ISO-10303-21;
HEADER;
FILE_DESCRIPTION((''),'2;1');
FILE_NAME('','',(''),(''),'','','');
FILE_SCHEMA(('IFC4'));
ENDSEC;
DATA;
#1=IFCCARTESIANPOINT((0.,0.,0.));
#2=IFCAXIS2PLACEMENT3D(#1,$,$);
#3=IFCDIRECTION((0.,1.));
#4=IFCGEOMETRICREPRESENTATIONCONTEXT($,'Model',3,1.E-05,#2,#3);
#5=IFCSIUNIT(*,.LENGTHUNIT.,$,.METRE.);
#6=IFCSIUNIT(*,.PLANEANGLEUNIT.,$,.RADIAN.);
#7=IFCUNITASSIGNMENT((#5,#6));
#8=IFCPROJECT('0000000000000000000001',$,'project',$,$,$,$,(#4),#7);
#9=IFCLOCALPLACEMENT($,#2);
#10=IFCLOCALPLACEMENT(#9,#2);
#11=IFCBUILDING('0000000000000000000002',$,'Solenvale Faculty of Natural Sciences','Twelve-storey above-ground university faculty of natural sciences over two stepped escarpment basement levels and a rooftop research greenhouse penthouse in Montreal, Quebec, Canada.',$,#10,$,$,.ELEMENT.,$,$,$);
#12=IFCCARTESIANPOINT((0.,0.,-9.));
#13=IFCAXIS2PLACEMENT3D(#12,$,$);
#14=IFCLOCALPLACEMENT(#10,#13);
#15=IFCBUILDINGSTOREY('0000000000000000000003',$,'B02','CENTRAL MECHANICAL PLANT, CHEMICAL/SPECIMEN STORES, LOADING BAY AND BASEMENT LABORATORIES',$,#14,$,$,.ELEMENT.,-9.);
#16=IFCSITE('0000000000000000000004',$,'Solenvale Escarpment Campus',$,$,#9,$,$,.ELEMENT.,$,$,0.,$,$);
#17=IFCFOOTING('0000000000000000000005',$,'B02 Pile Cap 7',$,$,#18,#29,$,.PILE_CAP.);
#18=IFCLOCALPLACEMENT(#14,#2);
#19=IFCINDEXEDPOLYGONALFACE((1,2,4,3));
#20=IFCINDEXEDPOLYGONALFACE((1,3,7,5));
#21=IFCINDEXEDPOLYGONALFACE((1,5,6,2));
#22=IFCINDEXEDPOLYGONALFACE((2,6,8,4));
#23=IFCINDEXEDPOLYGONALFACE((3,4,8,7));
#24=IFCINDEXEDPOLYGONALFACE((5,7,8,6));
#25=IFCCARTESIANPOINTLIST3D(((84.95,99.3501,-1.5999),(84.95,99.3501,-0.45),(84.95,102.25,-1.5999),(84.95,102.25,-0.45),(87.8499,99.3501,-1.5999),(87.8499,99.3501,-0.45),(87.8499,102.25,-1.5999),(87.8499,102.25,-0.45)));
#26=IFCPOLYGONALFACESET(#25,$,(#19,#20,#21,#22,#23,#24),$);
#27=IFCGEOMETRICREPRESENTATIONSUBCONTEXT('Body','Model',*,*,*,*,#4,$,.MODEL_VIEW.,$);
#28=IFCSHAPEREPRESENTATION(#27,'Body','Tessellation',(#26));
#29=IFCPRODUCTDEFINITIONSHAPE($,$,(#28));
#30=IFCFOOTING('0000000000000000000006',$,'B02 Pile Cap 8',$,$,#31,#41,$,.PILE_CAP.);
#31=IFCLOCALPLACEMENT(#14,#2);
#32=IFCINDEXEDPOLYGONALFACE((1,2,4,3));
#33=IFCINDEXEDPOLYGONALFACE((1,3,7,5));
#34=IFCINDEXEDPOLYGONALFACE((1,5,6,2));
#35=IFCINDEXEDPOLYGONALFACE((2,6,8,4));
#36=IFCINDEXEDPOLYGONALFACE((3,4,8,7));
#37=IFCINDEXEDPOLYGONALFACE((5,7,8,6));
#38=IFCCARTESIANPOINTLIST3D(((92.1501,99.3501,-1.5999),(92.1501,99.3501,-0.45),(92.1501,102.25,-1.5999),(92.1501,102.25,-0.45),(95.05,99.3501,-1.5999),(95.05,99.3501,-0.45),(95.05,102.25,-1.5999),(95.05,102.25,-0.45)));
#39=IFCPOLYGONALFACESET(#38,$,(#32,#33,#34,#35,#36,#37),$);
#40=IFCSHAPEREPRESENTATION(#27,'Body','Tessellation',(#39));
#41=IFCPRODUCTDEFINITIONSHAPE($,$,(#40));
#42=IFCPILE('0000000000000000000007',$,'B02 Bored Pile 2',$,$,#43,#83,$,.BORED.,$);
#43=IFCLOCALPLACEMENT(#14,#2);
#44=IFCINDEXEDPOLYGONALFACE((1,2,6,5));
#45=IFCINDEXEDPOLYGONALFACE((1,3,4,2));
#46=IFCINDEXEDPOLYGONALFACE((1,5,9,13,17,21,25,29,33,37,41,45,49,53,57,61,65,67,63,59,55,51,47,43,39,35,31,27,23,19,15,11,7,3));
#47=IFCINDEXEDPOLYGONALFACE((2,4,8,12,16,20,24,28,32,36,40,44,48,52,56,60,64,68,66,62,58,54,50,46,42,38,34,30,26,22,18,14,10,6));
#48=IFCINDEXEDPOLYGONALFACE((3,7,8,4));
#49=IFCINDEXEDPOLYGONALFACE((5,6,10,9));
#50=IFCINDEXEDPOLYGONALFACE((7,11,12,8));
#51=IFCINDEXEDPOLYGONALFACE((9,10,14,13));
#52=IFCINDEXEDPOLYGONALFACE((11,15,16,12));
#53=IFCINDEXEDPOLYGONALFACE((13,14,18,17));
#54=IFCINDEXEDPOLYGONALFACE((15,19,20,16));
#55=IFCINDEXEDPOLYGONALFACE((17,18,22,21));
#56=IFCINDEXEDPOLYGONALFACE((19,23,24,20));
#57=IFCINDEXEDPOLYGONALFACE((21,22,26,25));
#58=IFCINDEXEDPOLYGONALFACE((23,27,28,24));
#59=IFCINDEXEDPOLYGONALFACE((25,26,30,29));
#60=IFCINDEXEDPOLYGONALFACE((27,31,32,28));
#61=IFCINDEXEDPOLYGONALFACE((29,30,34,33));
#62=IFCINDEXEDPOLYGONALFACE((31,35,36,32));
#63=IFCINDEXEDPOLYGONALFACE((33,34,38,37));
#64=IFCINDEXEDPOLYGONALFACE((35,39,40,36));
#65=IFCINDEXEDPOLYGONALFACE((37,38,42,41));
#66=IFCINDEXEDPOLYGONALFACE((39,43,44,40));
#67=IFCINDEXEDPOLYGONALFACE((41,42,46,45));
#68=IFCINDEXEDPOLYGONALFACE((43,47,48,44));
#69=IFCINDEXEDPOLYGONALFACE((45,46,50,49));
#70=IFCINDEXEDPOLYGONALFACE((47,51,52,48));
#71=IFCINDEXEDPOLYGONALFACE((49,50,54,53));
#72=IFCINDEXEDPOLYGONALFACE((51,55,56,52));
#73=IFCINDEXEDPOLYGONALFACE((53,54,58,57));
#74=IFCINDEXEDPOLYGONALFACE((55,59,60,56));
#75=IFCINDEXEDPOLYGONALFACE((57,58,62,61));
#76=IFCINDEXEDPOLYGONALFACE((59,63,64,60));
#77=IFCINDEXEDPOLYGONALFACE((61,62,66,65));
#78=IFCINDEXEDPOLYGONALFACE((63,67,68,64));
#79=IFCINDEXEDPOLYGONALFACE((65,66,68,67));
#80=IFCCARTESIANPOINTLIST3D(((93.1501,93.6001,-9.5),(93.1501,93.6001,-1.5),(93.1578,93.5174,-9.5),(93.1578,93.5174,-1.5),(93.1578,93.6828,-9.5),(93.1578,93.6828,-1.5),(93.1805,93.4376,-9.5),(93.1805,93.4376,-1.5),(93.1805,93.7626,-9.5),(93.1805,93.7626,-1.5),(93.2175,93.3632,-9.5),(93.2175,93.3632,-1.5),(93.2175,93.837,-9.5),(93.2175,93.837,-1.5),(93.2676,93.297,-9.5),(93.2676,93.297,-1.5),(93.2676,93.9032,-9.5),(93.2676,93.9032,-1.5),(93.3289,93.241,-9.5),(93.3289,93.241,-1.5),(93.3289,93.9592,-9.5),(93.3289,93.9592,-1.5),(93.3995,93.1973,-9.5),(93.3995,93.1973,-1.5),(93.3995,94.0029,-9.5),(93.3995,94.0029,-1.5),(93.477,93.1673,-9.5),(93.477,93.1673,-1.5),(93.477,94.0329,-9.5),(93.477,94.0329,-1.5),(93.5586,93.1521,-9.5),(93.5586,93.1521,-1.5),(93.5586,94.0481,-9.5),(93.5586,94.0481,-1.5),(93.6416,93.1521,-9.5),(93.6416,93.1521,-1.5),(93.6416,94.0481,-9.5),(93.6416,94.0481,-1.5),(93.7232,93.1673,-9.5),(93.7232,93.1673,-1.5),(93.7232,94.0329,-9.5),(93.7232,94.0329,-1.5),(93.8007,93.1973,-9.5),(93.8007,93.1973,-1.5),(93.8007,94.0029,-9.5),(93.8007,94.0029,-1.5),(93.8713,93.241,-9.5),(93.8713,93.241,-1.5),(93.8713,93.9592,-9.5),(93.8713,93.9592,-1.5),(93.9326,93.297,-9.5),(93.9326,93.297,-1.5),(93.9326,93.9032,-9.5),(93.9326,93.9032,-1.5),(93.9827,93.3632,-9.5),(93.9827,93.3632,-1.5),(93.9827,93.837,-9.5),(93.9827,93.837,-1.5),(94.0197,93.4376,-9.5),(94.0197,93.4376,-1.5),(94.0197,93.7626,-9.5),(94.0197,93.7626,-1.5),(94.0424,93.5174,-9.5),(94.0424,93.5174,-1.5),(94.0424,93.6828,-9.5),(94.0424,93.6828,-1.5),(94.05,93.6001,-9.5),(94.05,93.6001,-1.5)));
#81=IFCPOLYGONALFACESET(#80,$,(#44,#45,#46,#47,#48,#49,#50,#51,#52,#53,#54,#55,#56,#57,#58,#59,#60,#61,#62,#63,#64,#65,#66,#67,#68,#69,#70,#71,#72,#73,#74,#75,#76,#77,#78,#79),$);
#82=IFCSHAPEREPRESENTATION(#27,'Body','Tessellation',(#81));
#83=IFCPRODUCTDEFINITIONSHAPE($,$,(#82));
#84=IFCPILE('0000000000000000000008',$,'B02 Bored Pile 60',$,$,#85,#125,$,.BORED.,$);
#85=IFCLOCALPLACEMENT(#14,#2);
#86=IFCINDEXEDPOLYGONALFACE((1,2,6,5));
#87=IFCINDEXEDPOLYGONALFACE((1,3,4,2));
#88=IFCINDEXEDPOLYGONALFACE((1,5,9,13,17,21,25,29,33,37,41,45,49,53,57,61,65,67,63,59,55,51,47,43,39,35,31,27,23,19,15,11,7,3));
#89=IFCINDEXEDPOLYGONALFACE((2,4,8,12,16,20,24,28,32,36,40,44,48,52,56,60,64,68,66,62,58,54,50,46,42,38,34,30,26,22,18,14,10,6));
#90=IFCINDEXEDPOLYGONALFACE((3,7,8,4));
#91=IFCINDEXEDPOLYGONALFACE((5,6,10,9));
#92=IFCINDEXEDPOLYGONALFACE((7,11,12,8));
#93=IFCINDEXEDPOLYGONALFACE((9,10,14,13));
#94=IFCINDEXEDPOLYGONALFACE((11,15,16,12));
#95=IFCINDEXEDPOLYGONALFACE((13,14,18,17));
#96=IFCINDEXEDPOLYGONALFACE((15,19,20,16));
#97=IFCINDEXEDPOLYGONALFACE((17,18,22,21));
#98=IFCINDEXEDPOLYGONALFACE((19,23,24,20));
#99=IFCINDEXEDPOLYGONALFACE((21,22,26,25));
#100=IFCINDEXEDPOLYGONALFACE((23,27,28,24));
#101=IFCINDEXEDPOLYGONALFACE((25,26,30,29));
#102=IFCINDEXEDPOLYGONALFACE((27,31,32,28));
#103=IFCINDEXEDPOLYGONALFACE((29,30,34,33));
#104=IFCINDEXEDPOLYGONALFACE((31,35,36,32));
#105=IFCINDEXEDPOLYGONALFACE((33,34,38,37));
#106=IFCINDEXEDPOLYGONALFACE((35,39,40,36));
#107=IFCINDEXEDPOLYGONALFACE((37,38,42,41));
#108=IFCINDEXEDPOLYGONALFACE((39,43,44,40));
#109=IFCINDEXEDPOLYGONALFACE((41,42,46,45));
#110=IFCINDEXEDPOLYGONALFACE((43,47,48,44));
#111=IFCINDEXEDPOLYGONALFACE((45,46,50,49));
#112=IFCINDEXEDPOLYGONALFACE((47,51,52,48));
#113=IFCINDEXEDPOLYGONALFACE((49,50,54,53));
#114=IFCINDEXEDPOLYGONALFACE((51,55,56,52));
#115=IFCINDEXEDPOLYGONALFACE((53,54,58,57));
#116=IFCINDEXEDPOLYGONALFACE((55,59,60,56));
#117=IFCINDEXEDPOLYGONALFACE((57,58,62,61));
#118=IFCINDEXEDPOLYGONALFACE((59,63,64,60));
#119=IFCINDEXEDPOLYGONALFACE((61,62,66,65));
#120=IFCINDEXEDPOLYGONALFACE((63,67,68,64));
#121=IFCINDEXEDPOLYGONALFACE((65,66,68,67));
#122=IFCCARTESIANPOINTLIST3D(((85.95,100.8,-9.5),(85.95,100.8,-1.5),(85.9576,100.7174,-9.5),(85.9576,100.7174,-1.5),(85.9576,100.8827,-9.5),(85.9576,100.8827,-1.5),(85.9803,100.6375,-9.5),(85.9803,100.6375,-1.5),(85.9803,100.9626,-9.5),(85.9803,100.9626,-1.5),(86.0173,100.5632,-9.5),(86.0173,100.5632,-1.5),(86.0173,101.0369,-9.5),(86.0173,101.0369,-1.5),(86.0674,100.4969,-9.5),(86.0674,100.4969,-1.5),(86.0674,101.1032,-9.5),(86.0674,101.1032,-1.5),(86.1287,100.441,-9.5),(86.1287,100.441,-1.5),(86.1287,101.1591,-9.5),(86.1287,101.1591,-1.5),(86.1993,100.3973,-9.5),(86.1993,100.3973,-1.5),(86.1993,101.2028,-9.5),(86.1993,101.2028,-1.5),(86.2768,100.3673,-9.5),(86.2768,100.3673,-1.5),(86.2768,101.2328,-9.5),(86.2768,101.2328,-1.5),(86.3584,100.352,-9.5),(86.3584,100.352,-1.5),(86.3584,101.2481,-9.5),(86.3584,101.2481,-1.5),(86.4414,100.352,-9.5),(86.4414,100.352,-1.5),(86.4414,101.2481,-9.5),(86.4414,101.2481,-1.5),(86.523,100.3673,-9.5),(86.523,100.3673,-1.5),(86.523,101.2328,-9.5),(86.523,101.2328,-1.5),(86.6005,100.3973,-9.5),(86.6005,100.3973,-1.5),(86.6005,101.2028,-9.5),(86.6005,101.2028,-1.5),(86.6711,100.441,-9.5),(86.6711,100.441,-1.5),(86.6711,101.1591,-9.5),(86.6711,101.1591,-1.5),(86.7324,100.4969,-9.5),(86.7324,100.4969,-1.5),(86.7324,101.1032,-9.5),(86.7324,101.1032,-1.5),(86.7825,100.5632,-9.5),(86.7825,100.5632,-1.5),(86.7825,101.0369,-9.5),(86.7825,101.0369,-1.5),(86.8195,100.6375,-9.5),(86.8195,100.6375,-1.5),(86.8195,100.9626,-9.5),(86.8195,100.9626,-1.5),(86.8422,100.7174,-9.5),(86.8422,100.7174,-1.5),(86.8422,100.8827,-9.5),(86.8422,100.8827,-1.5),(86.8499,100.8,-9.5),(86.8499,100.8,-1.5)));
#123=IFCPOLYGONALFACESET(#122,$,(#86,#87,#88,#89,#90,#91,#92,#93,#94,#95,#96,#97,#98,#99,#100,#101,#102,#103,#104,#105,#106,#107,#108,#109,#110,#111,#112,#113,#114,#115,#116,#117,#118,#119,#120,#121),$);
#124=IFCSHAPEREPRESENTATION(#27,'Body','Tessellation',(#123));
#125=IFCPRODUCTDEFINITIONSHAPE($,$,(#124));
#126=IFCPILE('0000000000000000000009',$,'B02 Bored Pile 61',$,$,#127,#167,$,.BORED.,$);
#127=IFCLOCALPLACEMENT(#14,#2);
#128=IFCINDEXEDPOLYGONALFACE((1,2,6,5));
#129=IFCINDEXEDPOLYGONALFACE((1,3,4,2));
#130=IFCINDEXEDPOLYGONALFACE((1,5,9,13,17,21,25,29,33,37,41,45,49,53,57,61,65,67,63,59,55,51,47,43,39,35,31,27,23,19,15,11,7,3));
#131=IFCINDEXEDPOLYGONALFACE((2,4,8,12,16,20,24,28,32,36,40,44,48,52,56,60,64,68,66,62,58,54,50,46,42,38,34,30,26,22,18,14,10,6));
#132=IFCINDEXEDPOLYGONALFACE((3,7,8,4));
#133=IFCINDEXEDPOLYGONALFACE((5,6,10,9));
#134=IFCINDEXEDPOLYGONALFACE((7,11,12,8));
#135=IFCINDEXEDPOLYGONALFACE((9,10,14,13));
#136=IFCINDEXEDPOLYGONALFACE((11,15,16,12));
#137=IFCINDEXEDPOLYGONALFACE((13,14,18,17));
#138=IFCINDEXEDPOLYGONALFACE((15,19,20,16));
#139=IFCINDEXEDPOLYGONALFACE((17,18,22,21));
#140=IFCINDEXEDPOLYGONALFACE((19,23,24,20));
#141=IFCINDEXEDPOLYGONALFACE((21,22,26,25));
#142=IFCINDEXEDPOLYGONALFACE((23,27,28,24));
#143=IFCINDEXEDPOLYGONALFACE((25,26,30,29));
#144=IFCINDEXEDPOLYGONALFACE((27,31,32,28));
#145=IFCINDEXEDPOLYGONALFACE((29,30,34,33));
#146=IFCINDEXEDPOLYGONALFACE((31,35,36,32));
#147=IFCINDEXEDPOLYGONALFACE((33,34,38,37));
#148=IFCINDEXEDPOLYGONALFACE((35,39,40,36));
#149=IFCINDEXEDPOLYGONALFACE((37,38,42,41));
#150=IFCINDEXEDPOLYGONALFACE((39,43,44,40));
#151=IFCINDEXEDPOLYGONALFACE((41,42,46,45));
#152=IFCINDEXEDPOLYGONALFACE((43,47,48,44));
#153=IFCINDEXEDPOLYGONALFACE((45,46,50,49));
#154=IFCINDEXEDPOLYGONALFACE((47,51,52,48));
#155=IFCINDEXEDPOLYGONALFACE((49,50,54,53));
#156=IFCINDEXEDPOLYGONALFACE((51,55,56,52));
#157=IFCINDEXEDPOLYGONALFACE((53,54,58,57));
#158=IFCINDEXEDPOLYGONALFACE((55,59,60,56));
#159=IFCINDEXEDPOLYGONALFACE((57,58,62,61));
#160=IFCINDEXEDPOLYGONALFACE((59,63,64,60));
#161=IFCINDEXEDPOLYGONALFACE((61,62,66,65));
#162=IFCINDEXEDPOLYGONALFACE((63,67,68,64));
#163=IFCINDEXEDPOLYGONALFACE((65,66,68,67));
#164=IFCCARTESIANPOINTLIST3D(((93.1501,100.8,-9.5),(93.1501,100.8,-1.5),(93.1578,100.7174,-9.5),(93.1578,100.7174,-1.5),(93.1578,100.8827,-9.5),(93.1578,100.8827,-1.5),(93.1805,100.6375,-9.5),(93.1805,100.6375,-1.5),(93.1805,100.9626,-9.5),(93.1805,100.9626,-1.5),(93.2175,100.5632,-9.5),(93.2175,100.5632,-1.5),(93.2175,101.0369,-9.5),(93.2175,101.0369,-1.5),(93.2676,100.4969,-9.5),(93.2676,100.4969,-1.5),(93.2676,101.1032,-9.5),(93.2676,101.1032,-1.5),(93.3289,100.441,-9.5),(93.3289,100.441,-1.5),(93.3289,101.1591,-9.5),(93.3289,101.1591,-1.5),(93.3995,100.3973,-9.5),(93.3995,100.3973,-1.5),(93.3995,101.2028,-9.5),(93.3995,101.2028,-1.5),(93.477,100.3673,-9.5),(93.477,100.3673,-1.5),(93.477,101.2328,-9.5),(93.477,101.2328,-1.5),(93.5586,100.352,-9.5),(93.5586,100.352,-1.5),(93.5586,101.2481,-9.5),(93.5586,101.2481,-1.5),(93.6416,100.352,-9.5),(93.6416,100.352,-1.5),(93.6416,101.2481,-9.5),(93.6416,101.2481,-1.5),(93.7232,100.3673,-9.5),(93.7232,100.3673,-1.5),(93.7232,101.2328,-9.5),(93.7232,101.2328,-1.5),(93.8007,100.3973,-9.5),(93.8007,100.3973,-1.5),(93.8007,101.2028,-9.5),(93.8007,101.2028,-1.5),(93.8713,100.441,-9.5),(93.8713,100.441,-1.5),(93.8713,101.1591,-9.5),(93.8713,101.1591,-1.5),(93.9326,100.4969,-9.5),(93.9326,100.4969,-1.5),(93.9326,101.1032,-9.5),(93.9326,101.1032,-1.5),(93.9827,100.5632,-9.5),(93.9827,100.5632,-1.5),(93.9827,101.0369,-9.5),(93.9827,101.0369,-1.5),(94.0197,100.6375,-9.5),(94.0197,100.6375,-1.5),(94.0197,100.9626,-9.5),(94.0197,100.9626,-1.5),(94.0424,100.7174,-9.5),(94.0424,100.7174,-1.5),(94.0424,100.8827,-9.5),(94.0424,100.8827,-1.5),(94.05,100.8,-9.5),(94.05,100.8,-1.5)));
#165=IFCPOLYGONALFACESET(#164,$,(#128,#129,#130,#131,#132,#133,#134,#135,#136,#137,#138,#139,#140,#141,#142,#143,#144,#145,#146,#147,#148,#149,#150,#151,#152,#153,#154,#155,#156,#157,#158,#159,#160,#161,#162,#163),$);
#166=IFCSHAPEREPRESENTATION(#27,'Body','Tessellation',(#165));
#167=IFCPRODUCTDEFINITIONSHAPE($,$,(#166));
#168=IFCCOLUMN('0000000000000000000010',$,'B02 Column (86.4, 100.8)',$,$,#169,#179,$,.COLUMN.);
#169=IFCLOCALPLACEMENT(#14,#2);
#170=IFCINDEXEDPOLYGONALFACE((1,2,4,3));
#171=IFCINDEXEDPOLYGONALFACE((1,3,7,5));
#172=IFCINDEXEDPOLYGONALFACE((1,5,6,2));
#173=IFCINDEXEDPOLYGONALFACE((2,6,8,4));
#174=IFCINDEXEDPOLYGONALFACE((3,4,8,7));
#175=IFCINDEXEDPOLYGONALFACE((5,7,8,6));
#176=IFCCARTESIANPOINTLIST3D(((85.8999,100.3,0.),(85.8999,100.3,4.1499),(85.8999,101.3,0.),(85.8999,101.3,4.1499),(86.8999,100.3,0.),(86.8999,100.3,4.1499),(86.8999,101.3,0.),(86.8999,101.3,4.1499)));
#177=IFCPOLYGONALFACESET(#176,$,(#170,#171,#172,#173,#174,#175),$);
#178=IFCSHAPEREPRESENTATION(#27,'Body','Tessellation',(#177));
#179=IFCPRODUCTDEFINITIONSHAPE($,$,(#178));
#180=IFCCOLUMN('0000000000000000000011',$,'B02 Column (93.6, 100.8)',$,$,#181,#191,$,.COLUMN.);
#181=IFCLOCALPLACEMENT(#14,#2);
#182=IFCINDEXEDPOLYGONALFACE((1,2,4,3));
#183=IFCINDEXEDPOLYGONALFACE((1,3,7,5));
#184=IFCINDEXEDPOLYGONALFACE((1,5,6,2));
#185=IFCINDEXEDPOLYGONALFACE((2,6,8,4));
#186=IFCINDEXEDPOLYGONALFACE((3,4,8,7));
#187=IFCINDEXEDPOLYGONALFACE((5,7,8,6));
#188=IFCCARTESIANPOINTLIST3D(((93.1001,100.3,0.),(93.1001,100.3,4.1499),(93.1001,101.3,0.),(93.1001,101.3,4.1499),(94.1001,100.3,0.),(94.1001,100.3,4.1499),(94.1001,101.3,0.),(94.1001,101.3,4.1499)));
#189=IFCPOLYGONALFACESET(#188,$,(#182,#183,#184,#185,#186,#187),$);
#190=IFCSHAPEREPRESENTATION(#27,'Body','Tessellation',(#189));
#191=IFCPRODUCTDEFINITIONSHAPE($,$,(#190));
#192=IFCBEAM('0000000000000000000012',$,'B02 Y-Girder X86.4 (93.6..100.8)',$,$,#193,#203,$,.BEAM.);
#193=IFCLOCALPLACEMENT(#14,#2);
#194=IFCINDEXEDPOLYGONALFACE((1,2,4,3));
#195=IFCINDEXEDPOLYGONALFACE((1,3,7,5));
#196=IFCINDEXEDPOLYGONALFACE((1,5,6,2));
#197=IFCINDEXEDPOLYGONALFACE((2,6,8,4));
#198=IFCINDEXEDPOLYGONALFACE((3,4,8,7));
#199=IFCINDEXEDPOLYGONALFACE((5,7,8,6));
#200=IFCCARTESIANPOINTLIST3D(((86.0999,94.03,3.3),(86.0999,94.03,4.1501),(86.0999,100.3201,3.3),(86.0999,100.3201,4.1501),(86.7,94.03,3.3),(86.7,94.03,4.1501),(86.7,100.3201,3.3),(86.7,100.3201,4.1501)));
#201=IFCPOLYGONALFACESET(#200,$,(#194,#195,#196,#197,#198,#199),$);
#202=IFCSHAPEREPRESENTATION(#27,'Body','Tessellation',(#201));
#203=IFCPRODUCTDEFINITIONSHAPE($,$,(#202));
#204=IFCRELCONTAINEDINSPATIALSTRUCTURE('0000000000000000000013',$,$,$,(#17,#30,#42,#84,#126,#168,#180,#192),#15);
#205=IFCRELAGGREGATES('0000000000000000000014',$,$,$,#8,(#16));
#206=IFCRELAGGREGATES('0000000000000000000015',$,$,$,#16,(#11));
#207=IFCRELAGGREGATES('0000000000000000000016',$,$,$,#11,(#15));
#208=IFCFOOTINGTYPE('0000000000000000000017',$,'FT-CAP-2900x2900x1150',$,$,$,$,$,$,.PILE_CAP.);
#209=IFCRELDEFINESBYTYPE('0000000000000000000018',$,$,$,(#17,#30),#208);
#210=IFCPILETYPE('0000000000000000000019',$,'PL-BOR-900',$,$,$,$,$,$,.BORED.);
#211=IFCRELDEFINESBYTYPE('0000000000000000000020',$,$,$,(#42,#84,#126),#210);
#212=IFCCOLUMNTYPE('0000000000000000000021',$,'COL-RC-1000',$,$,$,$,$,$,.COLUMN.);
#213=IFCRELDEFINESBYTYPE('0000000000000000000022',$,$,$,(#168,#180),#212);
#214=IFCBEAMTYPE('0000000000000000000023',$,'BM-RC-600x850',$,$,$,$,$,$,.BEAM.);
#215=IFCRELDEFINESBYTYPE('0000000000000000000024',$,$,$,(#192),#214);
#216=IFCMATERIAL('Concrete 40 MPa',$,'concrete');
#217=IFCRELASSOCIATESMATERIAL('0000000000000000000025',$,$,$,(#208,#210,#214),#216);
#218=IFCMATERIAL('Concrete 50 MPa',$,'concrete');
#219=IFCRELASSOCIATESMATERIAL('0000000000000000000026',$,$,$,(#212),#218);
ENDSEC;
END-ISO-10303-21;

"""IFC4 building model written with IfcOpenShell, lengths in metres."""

from ifc_helpers import new_model, si_unit, direction, frame, origin, origin_2d, place, context, subcontext, project, spatial, rectangle, circle, extrude, material, material_profile, profile_set, type_object, element, save


model = new_model("IFC4")

# Units and contexts
model_context = context("Model", 3, precision=1e-05, world=origin(), true_north=direction((0.0, 1.0)))
body_context = subcontext(model_context, "Body", "Model", "MODEL_VIEW")
ifc_project = project(units=[si_unit("LENGTHUNIT", "METRE"), si_unit("PLANEANGLEUNIT", "RADIAN")], contexts=[model_context])

# Site, building, storey
site_placement = place(None, origin())
site = spatial("IfcSite", under=ifc_project, at=site_placement, Name="Solenvale Escarpment Campus", CompositionType="ELEMENT", RefElevation=0.0)
building_placement = place(site_placement, origin())
building = spatial("IfcBuilding", under=site, at=building_placement, Name="Solenvale Faculty of Natural Sciences", Description="Twelve-storey above-ground university faculty of natural sciences over two stepped escarpment basement levels and a rooftop research greenhouse penthouse in Montreal, Quebec, Canada.", CompositionType="ELEMENT")
storey_placement = place(building_placement, frame((0.0, 0.0, -9.0)))
storey = spatial("IfcBuildingStorey", under=building, at=storey_placement, Name="B02", Description="CENTRAL MECHANICAL PLANT, CHEMICAL/SPECIMEN STORES, LOADING BAY AND BASEMENT LABORATORIES", CompositionType="ELEMENT", Elevation=-9.0)

# Footings
ifc_material_1 = material(Name="Concrete 40 MPa", Category="concrete")
footing_type = type_object("IfcFootingType", Name="FT-CAP-2900x2900x1150", PredefinedType="PILE_CAP", material=ifc_material_1)
for number, where, z_axis, x_axis, name in (
    (1, (86.3999, 100.8, -1.5999), (0.0, 0.0, 1.0), (1.0, 0.0, 0.0), "B02 Pile Cap 7"),
    (2, (93.6001, 100.8, -1.5999), (0.0, 0.0, 1.0), (1.0, 0.0, 0.0), "B02 Pile Cap 8"),
):
    element("IfcFooting", number, at=place(storey_placement, frame(where, z_axis=z_axis, x_axis=x_axis)), inside=storey, type_object=footing_type, Name=name, PredefinedType="PILE_CAP", context=body_context, shape_type="SweptSolid", body=[
        extrude(rectangle(XDim=2.8999, YDim=2.8999, at=origin_2d()), origin(), (0.0, 0.0, 1.0), 1.1499),
    ])

# Piles
ifc_material_profile_1 = material_profile(ifc_material_1, circle(Radius=0.45, at=origin_2d()), Name="PILE-D900")
ifc_profile_set_1 = profile_set([ifc_material_profile_1], Name="Concrete 40 MPa")
pile_type = type_object("IfcPileType", Name="PL-BOR-900", PredefinedType="BORED", material=ifc_profile_set_1)
for number, where, z_axis, x_axis, name in (
    (3, (93.6001, 93.6001, -1.5), (0.0, 0.0, -1.0), (1.0, 0.0, 0.0), "B02 Bored Pile 2"),
    (4, (86.3999, 100.8, -1.5), (0.0, 0.0, -1.0), (1.0, 0.0, 0.0), "B02 Bored Pile 60"),
    (5, (93.6001, 100.8, -1.5), (0.0, 0.0, -1.0), (1.0, 0.0, 0.0), "B02 Bored Pile 61"),
):
    element("IfcPile", number, at=place(storey_placement, frame(where, z_axis=z_axis, x_axis=x_axis)), inside=storey, type_object=pile_type, Name=name, PredefinedType="BORED", context=body_context, shape_type="SweptSolid", body=[
        extrude(circle(Radius=0.45, at=origin_2d()), origin(), (0.0, 0.0, 1.0), 8.0),
    ])

# Columns
ifc_material_2 = material(Name="Concrete 50 MPa", Category="concrete")
ifc_material_profile_2 = material_profile(ifc_material_2, rectangle(XDim=1.0, YDim=1.0, at=origin_2d()), Name="RC-COL-1000x1000")
ifc_profile_set_2 = profile_set([ifc_material_profile_2], Name="Concrete 50 MPa")
column_type = type_object("IfcColumnType", Name="COL-RC-1000", PredefinedType="COLUMN", material=ifc_profile_set_2)
for number, where, z_axis, x_axis, name in (
    (6, (86.3999, 100.8, 0.0), (0.0, 0.0, 1.0), (1.0, 0.0, 0.0), "B02 Column (86.4, 100.8)"),
    (7, (93.6001, 100.8, 0.0), (0.0, 0.0, 1.0), (1.0, 0.0, 0.0), "B02 Column (93.6, 100.8)"),
):
    element("IfcColumn", number, at=place(storey_placement, frame(where, z_axis=z_axis, x_axis=x_axis)), inside=storey, type_object=column_type, Name=name, PredefinedType="COLUMN", context=body_context, shape_type="SweptSolid", body=[
        extrude(rectangle(XDim=1.0, YDim=1.0, at=origin_2d()), origin(), (0.0, 0.0, 1.0), 4.1499),
    ])

# Beam
ifc_material_profile_3 = material_profile(ifc_material_1, rectangle(XDim=0.6001, YDim=0.8501, at=origin_2d()), Name="RC-BM-600x850")
ifc_profile_set_3 = profile_set([ifc_material_profile_3], Name="Concrete 40 MPa")
beam_type_1 = type_object("IfcBeamType", Name="BM-RC-600x850", PredefinedType="BEAM", material=ifc_profile_set_3)
beam_1_placement = place(storey_placement, frame((86.3999, 94.03, 3.7251), z_axis=(0.0, 1.0, 0.0), x_axis=(-1.0, 0.0, 0.0)))
element("IfcBeam", 8, at=beam_1_placement, inside=storey, type_object=beam_type_1, Name="B02 Y-Girder X86.4 (93.6..100.8)", PredefinedType="BEAM", context=body_context, shape_type="SweptSolid", body=[
    extrude(rectangle(XDim=0.6001, YDim=0.8501, at=origin_2d()), origin(), (0.0, 0.0, 1.0), 6.29),
])

save(model, "model.ifc")
